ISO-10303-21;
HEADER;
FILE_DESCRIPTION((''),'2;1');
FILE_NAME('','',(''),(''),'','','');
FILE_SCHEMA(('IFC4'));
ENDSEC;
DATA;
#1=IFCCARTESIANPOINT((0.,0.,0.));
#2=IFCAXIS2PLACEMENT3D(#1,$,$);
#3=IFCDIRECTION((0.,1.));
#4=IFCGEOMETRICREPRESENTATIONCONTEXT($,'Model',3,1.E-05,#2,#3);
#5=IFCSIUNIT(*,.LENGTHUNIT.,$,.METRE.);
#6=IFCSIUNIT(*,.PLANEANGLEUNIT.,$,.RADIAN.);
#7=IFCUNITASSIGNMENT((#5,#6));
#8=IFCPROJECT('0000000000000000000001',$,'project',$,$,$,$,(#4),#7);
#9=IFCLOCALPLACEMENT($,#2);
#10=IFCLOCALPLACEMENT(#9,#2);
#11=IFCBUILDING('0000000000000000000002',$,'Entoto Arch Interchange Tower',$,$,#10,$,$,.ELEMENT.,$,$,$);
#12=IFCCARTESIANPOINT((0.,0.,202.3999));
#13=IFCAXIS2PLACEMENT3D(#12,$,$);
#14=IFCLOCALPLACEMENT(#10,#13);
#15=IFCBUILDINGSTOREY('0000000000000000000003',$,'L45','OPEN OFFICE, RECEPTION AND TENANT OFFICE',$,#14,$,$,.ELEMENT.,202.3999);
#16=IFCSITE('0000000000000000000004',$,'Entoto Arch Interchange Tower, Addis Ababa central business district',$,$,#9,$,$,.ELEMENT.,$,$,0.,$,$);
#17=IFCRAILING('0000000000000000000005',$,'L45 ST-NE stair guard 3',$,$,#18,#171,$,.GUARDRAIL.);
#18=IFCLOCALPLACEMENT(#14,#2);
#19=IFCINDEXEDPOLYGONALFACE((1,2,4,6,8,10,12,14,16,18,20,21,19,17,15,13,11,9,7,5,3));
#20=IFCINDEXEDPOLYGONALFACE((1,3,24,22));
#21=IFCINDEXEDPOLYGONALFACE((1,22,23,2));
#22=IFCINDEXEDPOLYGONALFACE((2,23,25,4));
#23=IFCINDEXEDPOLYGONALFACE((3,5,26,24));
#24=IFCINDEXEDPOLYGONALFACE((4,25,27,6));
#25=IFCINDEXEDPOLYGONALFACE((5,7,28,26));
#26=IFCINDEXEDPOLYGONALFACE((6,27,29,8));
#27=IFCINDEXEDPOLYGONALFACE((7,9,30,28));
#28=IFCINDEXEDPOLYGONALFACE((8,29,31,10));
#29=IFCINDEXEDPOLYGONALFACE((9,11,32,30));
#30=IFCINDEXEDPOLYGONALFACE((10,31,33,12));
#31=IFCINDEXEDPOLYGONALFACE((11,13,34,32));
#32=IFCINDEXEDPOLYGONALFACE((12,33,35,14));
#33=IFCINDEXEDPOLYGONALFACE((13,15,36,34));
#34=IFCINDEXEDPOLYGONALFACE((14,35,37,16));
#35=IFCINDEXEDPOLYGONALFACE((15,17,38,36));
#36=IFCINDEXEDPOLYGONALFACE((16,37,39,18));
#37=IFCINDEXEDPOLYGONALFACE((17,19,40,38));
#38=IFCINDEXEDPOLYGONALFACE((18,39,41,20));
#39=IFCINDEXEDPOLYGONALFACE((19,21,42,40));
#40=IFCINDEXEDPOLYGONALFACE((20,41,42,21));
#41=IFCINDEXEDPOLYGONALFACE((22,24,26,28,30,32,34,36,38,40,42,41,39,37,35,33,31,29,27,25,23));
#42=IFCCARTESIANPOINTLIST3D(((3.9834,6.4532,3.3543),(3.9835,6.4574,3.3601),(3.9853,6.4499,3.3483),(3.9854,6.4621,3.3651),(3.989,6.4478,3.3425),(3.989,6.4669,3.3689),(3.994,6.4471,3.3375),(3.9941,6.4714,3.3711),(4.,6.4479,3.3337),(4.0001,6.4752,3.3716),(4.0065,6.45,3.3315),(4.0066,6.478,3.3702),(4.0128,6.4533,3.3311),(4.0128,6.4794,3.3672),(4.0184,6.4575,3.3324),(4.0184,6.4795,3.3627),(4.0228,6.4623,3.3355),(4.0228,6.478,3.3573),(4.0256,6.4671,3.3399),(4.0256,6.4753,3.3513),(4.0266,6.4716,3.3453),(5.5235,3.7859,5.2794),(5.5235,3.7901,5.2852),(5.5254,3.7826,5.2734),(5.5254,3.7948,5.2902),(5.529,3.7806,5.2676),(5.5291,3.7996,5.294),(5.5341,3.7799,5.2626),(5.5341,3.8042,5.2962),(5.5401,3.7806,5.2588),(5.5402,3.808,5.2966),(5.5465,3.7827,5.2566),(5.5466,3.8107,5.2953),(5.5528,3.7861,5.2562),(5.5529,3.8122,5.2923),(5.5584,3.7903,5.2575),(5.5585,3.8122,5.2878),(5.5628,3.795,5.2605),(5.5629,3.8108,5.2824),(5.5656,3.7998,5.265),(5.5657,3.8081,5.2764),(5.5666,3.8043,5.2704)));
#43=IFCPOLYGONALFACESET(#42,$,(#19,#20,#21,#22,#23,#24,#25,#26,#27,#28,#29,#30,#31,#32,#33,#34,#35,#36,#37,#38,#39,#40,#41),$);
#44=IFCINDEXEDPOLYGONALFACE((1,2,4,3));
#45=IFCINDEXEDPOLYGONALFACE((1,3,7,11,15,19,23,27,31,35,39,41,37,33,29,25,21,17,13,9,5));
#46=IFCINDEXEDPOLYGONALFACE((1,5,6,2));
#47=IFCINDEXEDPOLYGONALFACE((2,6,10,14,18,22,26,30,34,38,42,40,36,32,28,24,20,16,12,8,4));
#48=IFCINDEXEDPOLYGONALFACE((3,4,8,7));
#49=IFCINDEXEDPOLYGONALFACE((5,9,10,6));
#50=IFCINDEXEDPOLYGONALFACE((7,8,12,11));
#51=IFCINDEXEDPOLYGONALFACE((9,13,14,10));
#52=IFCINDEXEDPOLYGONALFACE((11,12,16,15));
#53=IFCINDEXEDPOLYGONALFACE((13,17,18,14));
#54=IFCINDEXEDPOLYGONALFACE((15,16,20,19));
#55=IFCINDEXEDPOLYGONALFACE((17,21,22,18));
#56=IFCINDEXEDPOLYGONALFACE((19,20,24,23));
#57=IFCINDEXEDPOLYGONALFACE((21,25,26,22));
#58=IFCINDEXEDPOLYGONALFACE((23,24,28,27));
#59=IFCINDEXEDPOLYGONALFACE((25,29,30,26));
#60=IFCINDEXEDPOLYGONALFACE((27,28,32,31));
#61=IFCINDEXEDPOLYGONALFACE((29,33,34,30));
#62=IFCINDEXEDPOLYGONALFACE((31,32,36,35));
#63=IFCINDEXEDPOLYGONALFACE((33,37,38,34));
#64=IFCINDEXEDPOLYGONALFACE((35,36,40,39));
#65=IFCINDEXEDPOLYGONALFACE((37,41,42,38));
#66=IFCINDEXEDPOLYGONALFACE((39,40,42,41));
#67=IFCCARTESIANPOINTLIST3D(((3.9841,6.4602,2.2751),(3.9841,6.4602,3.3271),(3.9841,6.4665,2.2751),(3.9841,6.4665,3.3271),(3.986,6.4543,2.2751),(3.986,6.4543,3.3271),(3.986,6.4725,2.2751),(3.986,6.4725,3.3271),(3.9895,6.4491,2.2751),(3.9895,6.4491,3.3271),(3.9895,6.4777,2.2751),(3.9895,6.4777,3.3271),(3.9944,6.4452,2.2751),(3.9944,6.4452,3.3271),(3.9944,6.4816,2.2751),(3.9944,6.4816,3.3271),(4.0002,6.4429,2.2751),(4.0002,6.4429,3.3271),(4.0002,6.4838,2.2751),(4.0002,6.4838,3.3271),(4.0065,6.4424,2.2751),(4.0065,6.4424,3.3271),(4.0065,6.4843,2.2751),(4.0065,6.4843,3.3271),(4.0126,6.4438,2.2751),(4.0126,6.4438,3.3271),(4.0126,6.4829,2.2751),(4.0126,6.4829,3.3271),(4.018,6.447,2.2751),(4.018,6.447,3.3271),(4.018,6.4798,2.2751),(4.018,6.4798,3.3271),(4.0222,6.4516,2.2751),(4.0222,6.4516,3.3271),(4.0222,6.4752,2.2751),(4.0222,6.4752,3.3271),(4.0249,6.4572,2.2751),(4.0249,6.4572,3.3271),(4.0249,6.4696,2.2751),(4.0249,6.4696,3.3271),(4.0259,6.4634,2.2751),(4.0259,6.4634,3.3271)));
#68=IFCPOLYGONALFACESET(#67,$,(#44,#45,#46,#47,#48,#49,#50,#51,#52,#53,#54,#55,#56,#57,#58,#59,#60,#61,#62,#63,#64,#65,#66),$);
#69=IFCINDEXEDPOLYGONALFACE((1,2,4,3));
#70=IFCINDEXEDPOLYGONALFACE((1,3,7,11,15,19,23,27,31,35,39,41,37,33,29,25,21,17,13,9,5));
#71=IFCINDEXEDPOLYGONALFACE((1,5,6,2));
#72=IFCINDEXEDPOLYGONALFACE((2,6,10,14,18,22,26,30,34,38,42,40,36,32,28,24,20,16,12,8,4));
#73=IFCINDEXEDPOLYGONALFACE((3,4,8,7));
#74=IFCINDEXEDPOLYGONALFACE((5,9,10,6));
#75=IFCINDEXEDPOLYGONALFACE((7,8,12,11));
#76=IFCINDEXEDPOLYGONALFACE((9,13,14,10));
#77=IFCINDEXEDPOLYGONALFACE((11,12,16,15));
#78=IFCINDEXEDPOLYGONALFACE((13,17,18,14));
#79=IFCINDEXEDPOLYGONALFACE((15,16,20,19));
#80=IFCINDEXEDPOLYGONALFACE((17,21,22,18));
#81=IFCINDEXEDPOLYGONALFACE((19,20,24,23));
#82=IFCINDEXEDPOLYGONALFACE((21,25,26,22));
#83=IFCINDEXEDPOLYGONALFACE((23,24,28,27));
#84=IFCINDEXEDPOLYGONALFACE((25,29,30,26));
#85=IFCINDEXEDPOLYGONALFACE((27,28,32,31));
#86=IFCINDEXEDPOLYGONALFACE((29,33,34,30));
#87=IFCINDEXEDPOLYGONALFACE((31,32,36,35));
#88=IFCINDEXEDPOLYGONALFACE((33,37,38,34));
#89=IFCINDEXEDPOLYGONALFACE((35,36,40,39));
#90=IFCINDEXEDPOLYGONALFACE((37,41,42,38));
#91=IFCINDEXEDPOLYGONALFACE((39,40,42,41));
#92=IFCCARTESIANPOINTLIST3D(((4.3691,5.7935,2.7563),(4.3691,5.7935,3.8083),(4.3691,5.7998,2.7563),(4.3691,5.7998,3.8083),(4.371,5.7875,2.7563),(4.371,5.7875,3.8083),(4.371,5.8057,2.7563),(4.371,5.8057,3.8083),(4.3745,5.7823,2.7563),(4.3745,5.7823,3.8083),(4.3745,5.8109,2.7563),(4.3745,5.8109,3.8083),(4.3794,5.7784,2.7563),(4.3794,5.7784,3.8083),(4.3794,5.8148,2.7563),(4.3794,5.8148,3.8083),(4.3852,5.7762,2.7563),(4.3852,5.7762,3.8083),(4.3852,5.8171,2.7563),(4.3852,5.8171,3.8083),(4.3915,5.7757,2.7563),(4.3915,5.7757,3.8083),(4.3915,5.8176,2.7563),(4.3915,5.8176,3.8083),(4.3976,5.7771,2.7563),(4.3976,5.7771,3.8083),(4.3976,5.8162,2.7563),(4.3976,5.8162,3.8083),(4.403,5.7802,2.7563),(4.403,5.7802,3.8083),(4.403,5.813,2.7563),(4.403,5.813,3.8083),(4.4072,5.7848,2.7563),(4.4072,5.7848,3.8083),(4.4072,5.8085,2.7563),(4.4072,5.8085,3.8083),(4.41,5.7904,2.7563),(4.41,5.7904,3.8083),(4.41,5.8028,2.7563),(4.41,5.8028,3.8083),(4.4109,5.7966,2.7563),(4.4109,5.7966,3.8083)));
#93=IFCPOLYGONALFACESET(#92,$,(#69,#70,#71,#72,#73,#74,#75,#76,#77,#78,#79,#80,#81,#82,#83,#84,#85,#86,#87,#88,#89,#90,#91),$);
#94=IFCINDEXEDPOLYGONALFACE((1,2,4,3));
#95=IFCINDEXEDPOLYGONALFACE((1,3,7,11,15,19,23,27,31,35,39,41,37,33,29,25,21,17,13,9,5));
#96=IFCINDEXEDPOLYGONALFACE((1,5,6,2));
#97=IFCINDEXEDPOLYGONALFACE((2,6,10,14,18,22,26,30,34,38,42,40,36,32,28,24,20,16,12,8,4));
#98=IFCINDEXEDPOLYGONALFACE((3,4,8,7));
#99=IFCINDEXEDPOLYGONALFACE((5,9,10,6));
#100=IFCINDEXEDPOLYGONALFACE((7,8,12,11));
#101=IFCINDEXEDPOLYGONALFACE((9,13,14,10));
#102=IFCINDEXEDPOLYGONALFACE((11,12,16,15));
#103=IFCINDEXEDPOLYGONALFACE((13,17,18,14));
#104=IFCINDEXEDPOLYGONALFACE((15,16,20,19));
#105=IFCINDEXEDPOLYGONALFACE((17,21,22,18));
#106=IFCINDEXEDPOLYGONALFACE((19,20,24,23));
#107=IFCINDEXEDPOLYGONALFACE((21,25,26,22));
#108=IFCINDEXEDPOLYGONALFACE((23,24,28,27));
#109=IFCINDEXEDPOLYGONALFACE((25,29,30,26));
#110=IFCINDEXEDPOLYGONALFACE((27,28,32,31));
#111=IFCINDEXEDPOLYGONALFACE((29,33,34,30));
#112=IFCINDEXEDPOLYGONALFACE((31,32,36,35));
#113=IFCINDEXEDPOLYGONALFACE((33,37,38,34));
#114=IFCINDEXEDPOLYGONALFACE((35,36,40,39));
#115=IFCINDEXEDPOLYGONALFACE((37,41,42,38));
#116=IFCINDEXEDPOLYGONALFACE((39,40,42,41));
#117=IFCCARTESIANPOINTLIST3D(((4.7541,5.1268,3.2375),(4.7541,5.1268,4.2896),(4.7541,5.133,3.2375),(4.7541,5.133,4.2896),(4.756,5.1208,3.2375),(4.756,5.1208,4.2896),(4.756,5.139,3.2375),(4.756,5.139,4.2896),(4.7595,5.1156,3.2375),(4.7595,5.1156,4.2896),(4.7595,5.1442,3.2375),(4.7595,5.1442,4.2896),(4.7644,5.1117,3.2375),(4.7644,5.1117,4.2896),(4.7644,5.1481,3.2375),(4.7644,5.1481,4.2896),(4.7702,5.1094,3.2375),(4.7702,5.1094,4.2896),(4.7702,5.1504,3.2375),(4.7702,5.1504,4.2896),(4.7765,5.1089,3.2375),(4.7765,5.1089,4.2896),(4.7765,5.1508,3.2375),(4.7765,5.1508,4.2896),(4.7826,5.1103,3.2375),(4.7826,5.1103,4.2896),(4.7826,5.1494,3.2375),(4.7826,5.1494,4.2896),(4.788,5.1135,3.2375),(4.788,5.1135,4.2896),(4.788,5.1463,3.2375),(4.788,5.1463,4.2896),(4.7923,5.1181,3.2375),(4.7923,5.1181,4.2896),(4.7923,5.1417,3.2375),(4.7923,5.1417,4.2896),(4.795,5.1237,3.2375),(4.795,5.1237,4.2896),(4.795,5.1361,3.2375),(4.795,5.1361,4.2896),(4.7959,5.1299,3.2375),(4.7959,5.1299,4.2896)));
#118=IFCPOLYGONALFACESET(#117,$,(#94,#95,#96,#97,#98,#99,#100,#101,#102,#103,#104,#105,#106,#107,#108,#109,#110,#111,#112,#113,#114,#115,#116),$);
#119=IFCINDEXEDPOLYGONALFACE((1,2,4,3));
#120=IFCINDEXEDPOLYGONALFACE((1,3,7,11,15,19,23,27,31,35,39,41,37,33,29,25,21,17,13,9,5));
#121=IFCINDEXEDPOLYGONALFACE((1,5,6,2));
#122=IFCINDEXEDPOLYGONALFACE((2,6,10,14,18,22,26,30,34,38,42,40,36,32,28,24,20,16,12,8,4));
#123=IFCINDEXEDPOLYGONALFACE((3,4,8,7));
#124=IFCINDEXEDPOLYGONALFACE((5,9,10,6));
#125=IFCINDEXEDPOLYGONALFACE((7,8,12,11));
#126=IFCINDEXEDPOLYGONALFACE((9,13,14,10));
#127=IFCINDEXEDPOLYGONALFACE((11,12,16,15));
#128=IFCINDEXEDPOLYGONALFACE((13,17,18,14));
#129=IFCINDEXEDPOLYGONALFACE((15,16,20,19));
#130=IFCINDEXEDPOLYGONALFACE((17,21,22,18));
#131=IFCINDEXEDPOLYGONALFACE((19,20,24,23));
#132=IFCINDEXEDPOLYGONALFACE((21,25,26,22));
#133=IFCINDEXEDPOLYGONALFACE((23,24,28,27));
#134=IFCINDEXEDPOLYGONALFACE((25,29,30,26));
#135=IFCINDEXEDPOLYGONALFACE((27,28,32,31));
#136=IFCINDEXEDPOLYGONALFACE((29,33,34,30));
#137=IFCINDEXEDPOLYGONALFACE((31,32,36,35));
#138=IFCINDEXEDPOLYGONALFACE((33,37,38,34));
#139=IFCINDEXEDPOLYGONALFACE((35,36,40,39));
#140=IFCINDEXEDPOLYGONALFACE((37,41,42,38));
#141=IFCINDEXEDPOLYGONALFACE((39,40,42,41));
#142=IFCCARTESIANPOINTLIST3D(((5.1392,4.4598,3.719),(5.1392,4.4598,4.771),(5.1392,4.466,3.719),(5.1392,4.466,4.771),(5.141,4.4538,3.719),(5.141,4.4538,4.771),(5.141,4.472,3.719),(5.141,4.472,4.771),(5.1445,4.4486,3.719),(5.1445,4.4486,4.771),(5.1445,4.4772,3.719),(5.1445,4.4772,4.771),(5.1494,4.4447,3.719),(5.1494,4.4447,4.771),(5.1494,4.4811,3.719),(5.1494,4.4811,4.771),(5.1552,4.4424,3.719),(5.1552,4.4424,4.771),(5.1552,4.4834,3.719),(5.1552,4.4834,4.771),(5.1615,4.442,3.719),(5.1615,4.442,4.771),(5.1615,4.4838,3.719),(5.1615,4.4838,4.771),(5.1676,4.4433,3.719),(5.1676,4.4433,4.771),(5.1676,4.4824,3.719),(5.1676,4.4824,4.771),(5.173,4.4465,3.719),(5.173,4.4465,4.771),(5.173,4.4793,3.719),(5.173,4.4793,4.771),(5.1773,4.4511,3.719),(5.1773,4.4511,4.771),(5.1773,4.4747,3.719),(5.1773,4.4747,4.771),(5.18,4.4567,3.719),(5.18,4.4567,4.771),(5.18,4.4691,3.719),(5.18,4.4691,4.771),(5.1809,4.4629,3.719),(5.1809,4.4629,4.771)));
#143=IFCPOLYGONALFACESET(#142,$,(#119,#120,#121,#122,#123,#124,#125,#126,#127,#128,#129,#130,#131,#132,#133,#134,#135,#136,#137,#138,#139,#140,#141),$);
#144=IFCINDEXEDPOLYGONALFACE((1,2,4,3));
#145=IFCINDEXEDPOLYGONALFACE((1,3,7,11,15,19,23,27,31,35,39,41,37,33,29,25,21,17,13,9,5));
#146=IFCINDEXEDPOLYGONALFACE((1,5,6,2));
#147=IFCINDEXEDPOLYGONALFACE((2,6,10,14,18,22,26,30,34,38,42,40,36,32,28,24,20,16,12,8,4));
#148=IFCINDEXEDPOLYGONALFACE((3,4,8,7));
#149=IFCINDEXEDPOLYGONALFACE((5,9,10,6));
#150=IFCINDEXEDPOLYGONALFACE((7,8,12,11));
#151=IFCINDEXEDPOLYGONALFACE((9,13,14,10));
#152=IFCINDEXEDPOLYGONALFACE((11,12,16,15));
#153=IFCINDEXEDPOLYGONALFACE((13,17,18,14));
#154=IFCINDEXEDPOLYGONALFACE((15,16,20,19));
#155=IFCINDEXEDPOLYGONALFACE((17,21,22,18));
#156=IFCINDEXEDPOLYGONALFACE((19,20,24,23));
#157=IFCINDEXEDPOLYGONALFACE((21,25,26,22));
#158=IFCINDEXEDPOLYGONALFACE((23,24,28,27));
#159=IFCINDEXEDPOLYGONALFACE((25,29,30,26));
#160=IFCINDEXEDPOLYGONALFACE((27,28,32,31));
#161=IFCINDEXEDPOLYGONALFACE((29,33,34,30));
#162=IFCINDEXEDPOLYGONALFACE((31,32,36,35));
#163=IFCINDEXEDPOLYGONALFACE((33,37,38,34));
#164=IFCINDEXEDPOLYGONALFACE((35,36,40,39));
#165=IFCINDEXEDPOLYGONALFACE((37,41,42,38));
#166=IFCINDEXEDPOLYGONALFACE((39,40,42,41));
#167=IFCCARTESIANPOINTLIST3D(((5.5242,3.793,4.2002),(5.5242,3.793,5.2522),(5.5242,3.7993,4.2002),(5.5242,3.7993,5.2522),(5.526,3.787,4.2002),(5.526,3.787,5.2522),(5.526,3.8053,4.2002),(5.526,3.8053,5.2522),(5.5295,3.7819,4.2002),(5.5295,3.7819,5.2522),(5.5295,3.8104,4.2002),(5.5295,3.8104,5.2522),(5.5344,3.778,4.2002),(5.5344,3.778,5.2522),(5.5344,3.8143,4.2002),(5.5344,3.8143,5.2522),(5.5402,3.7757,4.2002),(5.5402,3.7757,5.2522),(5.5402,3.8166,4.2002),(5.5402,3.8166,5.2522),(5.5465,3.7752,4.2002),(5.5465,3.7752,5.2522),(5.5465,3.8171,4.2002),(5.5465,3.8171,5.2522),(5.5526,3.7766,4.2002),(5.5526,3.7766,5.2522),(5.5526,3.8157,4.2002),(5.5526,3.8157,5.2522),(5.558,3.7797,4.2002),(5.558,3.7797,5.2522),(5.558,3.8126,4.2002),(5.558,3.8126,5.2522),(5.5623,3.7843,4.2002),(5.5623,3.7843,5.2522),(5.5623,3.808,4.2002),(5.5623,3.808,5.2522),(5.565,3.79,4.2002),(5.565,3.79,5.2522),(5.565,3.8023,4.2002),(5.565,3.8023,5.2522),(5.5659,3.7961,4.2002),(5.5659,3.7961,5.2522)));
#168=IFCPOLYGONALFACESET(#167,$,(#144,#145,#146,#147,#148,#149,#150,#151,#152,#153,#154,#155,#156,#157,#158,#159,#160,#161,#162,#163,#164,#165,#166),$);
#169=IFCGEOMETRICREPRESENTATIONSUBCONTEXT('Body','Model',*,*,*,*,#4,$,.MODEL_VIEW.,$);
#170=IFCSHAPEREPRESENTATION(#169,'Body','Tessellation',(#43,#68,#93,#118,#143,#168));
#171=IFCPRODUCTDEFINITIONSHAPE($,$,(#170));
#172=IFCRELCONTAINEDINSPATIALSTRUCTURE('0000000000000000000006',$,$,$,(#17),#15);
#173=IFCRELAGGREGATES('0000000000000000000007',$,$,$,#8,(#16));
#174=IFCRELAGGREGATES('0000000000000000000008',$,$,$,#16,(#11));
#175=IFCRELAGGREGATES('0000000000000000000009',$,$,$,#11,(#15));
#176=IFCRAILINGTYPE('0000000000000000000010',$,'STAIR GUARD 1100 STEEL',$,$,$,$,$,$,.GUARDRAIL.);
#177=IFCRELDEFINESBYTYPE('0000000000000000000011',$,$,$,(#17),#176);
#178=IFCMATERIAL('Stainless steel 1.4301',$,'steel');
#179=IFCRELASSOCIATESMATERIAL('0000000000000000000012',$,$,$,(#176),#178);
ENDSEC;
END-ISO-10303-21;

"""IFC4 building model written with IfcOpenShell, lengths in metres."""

from ifc_helpers import new_model, si_unit, direction, frame, origin, origin_2d, place, context, subcontext, project, spatial, circle, extrude, material, type_object, element, save


model = new_model("IFC4")

# Units and contexts
model_context = context("Model", 3, precision=1e-05, world=origin(), true_north=direction((0.0, 1.0)))
body_context = subcontext(model_context, "Body", "Model", "MODEL_VIEW")
ifc_project = project(units=[si_unit("LENGTHUNIT", "METRE"), si_unit("PLANEANGLEUNIT", "RADIAN")], contexts=[model_context])

# Site, building, storey
site_placement = place(None, origin())
site = spatial("IfcSite", under=ifc_project, at=site_placement, Name="Entoto Arch Interchange Tower, Addis Ababa central business district", CompositionType="ELEMENT", RefElevation=0.0)
building_placement = place(site_placement, origin())
building = spatial("IfcBuilding", under=site, at=building_placement, Name="Entoto Arch Interchange Tower", CompositionType="ELEMENT")
storey_placement = place(building_placement, frame((0.0, 0.0, 202.3999)))
storey = spatial("IfcBuildingStorey", under=building, at=storey_placement, Name="L45", Description="OPEN OFFICE, RECEPTION AND TENANT OFFICE", CompositionType="ELEMENT", Elevation=202.3999)

# Railing
ifc_material_1 = material(Name="Stainless steel 1.4301", Category="steel")
railing_type_1 = type_object("IfcRailingType", Name="STAIR GUARD 1100 STEEL", PredefinedType="GUARDRAIL", material=ifc_material_1)
railing_1_placement = place(storey_placement, frame((4.0049, 6.4634, 2.2751)))
element("IfcRailing", 1, at=railing_1_placement, inside=storey, type_object=railing_type_1, Name="L45 ST-NE stair guard 3", PredefinedType="GUARDRAIL", context=body_context, shape_type="SweptSolid", body=[
    extrude(circle(Radius=0.0239, at=origin_2d()), frame((0.0, 0.0, 1.0762), z_axis=(0.424015, -0.734364, 0.530019), x_axis=(0.86601, 0.500027, 0.0)), (0.0, 0.0, 1.0), 3.6321),
    extrude(circle(Radius=0.021, at=origin_2d()), origin(), (0.0, 0.0, 1.0), 1.052),
    extrude(circle(Radius=0.021, at=origin_2d()), frame((0.385, -0.6667, 0.4812)), (0.0, 0.0, 1.0), 1.052),
    extrude(circle(Radius=0.021, at=origin_2d()), frame((0.77, -1.3335, 0.9624)), (0.0, 0.0, 1.0), 1.052),
    extrude(circle(Radius=0.021, at=origin_2d()), frame((1.155, -2.0005, 1.4438)), (0.0, 0.0, 1.0), 1.052),
    extrude(circle(Radius=0.021, at=origin_2d()), frame((1.54, -2.6672, 1.925)), (0.0, 0.0, 1.0), 1.052),
])

save(model, "model.ifc")
